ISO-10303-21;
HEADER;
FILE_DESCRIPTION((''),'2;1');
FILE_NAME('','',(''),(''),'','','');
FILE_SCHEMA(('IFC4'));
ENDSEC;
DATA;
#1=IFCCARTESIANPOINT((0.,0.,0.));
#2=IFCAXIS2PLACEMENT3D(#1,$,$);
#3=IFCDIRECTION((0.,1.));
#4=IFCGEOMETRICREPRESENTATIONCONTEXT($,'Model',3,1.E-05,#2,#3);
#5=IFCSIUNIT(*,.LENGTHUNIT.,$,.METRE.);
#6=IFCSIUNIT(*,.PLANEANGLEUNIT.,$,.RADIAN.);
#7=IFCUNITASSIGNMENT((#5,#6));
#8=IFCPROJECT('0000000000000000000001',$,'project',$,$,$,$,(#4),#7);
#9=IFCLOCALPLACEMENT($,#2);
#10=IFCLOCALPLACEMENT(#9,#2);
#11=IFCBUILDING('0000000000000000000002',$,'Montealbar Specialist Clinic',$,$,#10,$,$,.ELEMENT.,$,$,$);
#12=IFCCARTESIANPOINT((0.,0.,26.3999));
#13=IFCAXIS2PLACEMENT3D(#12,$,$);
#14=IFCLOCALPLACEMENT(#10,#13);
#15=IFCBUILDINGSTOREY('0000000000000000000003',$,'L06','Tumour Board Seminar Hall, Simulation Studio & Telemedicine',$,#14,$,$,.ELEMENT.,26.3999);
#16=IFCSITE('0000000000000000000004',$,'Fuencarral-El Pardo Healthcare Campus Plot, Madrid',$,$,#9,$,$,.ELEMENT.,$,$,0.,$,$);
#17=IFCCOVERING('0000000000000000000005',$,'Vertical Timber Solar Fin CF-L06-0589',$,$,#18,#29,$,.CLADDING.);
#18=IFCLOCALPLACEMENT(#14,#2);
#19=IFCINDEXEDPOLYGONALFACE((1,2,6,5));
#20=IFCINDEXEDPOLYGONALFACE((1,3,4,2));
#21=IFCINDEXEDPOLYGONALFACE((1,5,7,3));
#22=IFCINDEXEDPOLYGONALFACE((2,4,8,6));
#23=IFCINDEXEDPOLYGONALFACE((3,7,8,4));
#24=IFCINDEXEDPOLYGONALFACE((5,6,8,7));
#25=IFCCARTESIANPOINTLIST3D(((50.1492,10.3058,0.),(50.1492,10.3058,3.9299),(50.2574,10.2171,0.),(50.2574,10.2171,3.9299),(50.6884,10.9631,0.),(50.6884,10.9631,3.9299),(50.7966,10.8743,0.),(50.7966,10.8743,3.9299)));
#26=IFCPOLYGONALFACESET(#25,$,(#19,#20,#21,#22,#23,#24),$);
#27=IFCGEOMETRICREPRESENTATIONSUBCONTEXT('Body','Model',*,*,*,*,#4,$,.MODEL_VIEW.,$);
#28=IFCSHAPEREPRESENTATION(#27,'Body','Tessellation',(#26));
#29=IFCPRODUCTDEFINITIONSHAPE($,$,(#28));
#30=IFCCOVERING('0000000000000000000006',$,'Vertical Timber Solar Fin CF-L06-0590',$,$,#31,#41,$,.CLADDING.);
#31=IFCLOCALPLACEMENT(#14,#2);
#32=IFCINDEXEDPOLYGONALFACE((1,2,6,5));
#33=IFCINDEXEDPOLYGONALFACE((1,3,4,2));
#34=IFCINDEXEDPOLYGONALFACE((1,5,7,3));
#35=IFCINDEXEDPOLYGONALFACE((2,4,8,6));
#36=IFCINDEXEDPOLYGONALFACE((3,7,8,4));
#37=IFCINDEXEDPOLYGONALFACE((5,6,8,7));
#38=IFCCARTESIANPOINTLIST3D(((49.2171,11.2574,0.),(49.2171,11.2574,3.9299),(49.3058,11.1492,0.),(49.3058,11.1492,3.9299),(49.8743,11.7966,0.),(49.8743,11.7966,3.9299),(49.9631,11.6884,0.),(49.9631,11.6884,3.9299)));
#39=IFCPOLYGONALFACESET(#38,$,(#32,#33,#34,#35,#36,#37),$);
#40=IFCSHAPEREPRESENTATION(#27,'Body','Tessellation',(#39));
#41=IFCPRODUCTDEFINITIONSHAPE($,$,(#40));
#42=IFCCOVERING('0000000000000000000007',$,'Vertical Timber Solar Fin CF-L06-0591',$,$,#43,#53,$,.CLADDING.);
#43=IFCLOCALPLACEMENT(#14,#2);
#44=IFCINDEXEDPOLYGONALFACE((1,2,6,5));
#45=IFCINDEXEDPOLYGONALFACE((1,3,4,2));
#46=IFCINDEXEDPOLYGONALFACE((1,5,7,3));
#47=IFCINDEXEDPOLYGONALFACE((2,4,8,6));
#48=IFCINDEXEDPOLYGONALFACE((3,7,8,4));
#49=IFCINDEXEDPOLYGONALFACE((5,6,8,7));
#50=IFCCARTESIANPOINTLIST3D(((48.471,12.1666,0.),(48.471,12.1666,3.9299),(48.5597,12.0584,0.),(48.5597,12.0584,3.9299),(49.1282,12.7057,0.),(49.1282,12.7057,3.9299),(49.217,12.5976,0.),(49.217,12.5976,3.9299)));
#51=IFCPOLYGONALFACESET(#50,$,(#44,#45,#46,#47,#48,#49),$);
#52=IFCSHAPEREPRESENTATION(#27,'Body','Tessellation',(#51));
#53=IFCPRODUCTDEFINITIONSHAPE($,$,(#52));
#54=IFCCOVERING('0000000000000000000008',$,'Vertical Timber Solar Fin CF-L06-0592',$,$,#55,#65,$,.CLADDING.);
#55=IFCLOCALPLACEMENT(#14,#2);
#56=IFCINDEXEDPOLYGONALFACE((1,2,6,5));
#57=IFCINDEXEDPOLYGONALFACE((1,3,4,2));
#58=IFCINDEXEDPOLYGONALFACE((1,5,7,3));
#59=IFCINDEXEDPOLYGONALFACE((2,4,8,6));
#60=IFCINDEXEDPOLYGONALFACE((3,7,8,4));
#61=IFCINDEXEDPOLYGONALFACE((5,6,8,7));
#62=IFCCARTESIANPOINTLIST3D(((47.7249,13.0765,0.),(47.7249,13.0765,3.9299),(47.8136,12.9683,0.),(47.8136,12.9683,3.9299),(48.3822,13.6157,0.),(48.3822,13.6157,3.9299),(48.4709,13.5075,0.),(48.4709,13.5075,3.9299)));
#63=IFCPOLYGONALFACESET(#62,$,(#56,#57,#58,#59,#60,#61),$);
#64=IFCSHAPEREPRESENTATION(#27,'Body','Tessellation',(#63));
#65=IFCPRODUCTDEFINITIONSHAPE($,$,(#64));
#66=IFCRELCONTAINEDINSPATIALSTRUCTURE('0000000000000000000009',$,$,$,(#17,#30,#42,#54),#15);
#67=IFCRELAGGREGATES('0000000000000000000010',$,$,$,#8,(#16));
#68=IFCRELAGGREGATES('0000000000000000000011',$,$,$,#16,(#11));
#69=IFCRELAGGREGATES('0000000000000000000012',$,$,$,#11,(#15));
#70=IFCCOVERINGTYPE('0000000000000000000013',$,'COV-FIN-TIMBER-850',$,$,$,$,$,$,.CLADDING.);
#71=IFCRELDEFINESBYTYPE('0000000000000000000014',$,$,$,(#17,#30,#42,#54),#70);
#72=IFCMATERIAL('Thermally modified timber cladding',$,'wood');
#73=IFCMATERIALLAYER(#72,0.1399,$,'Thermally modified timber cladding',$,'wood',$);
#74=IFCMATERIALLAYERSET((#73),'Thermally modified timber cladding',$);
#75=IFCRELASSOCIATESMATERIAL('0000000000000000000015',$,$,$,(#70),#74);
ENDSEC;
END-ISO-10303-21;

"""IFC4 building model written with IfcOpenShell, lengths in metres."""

from ifc_helpers import new_model, si_unit, direction, frame, origin, origin_2d, place, context, subcontext, project, spatial, rectangle, extrude, material, layer, layer_set, type_object, element, save


model = new_model("IFC4")

# Units and contexts
model_context = context("Model", 3, precision=1e-05, world=origin(), true_north=direction((0.0, 1.0)))
body_context = subcontext(model_context, "Body", "Model", "MODEL_VIEW")
ifc_project = project(units=[si_unit("LENGTHUNIT", "METRE"), si_unit("PLANEANGLEUNIT", "RADIAN")], contexts=[model_context])

# Site, building, storey
site_placement = place(None, origin())
site = spatial("IfcSite", under=ifc_project, at=site_placement, Name="Fuencarral-El Pardo Healthcare Campus Plot, Madrid", CompositionType="ELEMENT", RefElevation=0.0)
building_placement = place(site_placement, origin())
building = spatial("IfcBuilding", under=site, at=building_placement, Name="Montealbar Specialist Clinic", CompositionType="ELEMENT")
storey_placement = place(building_placement, frame((0.0, 0.0, 26.3999)))
storey = spatial("IfcBuildingStorey", under=building, at=storey_placement, Name="L06", Description="Tumour Board Seminar Hall, Simulation Studio & Telemedicine", CompositionType="ELEMENT", Elevation=26.3999)

# Coverings
ifc_material_1 = material(Name="Thermally modified timber cladding", Category="wood")
ifc_layer_1 = layer(ifc_material_1, 0.1399, Name="Thermally modified timber cladding", Category="wood")
ifc_layer_set_1 = layer_set([ifc_layer_1], Name="Thermally modified timber cladding")
covering_type = type_object("IfcCoveringType", Name="COV-FIN-TIMBER-850", PredefinedType="CLADDING", material=ifc_layer_set_1)
for number, where, z_axis, x_axis, name in (
    (1, (50.4729, 10.5901, 0.0), (0.0, 0.0, 1.0), (-0.634256, -0.773123, 0.0), "Vertical Timber Solar Fin CF-L06-0589"),
    (2, (49.5901, 11.4729, 0.0), (0.0, 0.0, 1.0), (-0.773123, -0.634256, 0.0), "Vertical Timber Solar Fin CF-L06-0590"),
    (3, (48.844, 12.3821, 0.0), (0.0, 0.0, 1.0), (-0.773123, -0.634256, 0.0), "Vertical Timber Solar Fin CF-L06-0591"),
    (4, (48.0979, 13.292, 0.0), (0.0, 0.0, 1.0), (-0.773123, -0.634256, 0.0), "Vertical Timber Solar Fin CF-L06-0592"),
):
    element("IfcCovering", number, at=place(storey_placement, frame(where, z_axis=z_axis, x_axis=x_axis)), inside=storey, type_object=covering_type, Name=name, PredefinedType="CLADDING", context=body_context, shape_type="SweptSolid", body=[
        extrude(rectangle(XDim=0.8501, YDim=0.1399, at=origin_2d()), origin(), (0.0, 0.0, 1.0), 3.9299),
    ])

save(model, "model.ifc")
